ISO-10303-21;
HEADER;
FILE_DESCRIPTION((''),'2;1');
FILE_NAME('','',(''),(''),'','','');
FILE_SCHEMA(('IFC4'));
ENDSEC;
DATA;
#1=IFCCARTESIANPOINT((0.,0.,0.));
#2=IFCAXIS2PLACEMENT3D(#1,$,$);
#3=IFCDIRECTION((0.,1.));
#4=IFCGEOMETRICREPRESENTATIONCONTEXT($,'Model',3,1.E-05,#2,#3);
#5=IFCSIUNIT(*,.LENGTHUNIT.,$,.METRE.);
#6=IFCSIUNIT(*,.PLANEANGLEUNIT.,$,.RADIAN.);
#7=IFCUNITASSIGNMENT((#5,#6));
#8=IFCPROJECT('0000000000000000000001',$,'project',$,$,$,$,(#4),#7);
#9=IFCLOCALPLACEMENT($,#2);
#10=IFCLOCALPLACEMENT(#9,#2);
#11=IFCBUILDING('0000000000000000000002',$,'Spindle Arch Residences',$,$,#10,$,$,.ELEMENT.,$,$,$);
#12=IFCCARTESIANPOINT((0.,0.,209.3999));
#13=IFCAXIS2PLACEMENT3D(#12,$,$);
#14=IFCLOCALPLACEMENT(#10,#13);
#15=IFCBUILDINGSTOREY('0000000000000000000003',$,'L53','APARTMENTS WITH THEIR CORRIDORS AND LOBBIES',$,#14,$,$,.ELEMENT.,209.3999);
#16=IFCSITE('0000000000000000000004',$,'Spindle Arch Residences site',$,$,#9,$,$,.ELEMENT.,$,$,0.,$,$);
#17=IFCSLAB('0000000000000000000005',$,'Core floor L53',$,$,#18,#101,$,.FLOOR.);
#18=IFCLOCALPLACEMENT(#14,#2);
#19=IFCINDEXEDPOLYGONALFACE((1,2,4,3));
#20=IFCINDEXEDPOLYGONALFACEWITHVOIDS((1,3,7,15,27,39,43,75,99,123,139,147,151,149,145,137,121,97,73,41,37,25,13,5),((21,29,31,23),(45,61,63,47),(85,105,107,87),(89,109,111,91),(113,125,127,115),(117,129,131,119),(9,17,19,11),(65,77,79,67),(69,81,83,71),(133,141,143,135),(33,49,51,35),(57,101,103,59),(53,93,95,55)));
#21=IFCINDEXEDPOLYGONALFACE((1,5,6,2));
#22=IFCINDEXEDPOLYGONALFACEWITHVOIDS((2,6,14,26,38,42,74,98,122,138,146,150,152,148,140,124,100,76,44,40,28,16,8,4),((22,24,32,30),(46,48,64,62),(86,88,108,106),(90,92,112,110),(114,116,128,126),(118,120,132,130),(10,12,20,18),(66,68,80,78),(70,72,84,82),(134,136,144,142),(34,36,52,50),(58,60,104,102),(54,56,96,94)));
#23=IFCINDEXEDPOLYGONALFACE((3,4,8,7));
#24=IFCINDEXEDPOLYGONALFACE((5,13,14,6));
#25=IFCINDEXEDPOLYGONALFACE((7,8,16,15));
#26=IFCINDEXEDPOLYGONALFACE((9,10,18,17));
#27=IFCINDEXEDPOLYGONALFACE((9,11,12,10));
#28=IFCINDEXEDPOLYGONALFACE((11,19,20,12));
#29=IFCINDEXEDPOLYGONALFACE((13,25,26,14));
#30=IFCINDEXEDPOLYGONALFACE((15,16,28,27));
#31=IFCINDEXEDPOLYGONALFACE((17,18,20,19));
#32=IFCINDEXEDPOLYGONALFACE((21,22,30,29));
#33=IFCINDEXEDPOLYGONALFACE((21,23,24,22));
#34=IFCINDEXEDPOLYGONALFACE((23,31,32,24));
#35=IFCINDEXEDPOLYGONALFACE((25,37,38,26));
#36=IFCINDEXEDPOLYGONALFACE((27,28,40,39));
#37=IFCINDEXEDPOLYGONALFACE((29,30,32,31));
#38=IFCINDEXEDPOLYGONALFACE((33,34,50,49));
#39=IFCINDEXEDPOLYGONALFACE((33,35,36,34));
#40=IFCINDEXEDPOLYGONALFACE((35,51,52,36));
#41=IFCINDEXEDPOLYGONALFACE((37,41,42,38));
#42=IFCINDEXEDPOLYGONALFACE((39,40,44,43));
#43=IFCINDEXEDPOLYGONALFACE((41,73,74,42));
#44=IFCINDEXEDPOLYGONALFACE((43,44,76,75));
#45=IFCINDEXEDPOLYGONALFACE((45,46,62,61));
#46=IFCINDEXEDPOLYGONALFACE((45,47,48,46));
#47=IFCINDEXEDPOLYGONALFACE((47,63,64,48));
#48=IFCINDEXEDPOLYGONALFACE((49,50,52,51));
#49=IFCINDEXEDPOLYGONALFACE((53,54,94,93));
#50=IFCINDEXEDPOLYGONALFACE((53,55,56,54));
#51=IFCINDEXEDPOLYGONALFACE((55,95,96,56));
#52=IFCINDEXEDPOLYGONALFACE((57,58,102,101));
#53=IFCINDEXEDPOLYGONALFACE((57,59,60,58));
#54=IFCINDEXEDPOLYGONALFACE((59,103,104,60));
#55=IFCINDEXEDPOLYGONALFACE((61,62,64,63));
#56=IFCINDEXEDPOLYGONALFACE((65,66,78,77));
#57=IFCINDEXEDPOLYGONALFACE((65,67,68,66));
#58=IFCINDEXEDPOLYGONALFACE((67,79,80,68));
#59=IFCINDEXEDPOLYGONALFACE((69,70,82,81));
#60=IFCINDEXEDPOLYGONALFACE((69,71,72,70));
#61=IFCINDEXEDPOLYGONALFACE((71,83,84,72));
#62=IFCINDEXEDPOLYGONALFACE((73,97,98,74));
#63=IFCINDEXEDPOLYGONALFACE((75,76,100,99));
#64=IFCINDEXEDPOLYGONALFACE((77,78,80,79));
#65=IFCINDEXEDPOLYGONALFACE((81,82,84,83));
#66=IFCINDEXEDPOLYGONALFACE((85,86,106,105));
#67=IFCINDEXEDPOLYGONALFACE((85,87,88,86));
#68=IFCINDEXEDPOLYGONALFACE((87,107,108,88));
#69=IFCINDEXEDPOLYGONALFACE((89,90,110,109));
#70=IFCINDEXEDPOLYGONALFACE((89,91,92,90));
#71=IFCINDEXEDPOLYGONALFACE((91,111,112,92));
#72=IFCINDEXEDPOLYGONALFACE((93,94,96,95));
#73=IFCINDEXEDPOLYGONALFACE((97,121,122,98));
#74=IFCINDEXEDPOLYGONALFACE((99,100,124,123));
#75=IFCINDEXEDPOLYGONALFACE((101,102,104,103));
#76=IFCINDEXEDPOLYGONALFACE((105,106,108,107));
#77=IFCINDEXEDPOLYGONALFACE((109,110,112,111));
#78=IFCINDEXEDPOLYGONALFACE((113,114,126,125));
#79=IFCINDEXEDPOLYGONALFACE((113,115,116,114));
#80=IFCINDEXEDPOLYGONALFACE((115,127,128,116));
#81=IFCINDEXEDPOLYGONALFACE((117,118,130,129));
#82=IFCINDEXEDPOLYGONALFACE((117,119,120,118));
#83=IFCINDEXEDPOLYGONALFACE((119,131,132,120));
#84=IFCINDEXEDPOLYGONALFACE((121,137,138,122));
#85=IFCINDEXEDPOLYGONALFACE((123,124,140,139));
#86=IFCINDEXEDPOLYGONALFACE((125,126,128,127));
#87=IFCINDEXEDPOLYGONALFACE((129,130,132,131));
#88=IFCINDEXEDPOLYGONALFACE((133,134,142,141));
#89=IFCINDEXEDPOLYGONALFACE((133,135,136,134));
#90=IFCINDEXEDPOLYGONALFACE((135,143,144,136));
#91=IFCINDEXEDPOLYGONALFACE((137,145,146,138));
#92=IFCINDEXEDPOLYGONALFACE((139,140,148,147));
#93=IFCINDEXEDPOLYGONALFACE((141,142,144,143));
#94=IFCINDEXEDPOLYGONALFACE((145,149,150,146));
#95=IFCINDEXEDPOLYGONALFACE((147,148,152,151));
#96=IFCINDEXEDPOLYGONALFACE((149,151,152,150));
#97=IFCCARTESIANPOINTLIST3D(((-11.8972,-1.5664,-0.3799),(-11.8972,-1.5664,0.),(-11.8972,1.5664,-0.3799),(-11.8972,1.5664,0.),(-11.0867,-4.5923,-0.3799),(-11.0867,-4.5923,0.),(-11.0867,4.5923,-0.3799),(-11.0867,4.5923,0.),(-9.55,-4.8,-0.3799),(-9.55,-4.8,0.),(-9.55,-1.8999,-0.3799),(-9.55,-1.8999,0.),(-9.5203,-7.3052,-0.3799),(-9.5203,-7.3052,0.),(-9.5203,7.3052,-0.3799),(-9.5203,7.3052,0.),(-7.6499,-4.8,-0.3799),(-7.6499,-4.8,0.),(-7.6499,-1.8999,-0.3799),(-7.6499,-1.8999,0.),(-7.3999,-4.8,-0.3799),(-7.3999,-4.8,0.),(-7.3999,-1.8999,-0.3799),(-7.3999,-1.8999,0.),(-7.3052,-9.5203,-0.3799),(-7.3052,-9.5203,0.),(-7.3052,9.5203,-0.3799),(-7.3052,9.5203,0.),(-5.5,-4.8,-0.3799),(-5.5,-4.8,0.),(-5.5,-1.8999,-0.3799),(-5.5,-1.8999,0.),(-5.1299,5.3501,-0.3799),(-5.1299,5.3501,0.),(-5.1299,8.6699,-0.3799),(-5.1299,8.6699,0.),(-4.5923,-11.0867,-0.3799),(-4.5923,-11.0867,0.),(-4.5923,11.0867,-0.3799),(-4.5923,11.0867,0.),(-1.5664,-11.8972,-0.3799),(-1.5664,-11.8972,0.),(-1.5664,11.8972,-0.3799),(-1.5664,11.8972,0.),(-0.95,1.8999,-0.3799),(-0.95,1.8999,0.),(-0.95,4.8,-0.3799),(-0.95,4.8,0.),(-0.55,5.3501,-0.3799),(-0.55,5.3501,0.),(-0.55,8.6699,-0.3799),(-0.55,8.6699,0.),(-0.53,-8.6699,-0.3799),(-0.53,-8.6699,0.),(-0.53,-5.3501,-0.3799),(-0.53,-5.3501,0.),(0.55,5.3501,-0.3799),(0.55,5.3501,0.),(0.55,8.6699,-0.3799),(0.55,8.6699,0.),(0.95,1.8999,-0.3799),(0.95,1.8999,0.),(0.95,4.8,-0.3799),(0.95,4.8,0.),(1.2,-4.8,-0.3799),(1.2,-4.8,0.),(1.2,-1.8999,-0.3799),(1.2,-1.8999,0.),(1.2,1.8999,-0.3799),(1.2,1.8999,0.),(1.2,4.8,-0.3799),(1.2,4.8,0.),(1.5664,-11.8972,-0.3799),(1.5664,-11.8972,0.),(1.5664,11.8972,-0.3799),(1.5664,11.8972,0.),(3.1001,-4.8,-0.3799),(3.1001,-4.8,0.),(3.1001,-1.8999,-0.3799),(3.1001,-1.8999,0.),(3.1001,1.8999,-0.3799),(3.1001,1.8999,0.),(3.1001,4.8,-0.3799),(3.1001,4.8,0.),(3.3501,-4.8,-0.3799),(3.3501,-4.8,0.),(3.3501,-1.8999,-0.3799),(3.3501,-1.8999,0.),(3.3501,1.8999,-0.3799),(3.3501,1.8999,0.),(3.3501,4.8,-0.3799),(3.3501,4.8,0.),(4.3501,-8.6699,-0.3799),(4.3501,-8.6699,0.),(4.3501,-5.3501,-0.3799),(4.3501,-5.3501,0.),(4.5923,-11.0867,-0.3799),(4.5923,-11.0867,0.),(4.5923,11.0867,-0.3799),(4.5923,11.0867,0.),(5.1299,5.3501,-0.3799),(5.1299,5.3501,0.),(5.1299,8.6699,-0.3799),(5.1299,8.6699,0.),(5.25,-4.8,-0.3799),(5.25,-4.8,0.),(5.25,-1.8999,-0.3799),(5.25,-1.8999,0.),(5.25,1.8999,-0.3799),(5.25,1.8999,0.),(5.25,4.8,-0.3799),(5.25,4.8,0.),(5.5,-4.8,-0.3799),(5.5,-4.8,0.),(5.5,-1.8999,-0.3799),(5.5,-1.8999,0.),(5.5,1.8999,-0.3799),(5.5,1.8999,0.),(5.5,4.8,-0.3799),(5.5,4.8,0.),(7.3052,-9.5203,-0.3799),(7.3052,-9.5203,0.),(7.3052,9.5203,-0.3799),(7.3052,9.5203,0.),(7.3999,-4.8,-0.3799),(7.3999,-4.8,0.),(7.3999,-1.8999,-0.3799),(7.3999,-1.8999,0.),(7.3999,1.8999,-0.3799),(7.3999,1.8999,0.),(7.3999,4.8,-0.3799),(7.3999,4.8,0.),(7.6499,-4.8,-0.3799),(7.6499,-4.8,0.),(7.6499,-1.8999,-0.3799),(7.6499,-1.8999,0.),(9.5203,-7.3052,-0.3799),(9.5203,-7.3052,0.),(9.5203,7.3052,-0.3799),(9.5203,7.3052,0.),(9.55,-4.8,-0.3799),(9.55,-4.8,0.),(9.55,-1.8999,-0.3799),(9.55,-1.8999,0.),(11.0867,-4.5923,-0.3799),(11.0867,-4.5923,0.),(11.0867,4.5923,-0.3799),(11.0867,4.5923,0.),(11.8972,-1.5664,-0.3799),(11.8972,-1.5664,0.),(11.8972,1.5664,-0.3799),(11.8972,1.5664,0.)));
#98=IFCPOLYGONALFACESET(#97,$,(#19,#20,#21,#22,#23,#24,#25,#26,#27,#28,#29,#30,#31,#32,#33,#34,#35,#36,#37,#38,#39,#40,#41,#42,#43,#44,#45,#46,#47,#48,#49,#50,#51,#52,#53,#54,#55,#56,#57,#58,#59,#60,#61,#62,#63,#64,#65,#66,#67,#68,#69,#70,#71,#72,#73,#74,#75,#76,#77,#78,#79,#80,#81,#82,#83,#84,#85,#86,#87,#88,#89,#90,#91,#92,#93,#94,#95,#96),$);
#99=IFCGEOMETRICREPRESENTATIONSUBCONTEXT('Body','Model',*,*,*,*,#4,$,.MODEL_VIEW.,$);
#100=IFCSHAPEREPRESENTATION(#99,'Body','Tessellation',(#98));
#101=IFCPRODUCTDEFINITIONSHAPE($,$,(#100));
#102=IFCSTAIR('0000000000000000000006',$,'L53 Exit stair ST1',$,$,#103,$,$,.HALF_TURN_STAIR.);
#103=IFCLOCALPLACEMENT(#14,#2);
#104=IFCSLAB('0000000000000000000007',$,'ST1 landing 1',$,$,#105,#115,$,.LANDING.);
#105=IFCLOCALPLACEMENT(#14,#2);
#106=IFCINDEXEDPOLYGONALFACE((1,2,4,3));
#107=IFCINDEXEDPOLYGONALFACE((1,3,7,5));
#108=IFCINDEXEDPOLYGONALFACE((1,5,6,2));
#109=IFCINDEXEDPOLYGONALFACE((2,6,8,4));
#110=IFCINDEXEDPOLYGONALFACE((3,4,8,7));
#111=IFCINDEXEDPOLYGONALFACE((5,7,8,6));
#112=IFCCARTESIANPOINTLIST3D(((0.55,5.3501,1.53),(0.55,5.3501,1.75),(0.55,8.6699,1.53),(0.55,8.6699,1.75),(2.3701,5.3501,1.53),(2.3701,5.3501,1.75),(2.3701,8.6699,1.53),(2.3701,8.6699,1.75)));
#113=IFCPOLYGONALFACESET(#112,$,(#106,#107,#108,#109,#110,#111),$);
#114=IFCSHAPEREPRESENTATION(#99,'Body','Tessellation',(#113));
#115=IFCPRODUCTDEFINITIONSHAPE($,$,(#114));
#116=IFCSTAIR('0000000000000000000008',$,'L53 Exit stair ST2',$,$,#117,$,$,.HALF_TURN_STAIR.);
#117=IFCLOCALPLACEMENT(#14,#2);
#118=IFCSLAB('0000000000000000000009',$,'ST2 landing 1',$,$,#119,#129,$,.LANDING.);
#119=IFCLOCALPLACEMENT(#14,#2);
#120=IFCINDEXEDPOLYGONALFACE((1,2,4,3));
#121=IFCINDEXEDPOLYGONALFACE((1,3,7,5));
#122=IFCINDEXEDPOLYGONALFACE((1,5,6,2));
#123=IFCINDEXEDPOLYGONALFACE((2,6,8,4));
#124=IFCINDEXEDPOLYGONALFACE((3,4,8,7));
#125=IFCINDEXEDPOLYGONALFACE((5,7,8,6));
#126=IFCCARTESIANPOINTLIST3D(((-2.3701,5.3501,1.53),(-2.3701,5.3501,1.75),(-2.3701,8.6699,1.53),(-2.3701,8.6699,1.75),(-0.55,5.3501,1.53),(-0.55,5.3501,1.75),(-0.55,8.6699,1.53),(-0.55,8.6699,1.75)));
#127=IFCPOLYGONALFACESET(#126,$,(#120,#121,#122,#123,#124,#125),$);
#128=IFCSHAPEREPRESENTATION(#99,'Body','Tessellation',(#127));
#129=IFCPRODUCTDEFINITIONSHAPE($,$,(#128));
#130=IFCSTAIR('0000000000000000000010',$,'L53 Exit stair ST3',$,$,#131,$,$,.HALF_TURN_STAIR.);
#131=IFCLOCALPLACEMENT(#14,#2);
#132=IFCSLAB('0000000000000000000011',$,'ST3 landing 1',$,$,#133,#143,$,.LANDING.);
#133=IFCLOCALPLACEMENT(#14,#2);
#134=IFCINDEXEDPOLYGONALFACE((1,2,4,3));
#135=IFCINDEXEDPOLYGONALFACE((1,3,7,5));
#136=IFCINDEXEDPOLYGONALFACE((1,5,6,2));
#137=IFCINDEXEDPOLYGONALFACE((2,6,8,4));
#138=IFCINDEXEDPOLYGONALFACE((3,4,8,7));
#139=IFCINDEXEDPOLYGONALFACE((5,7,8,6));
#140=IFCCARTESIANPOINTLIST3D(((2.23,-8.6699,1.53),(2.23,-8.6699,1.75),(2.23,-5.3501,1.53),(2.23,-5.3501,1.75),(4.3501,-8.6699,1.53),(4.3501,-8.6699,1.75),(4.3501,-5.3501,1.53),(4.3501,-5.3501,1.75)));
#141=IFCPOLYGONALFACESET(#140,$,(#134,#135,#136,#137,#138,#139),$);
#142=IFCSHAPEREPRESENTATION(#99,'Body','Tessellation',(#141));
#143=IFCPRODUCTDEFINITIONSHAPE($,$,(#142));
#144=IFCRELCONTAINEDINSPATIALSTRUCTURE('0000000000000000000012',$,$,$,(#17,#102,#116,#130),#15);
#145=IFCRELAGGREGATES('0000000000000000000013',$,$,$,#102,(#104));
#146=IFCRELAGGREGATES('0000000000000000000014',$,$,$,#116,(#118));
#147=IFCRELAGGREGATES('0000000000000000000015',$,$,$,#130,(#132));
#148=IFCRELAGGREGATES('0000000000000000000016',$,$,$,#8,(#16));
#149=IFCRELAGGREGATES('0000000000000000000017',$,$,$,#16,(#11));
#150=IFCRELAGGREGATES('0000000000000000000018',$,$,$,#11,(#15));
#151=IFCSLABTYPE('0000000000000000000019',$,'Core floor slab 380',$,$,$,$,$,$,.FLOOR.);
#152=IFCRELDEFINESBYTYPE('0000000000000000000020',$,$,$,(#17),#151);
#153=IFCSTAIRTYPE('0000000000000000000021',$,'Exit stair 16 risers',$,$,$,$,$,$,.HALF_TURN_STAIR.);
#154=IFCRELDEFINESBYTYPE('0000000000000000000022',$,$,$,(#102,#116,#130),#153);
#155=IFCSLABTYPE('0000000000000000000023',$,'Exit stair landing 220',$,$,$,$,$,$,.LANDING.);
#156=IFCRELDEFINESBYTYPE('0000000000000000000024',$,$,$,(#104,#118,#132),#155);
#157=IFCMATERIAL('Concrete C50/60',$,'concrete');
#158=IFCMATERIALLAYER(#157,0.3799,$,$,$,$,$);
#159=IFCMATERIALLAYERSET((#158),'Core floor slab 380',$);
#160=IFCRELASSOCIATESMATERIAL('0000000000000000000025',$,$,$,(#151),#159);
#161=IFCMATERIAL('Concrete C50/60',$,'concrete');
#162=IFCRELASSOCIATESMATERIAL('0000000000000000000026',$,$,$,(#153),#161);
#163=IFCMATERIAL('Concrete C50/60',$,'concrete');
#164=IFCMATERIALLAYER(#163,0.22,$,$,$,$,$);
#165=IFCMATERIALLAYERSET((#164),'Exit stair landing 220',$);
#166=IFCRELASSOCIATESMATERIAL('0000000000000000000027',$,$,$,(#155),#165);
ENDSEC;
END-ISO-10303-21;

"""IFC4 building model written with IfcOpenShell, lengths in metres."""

from ifc_helpers import new_model, si_unit, direction, frame, origin, place, context, subcontext, project, spatial, polyline, outline, extrude, material, layer, layer_set, type_object, element, aggregate, save


model = new_model("IFC4")

# Units and contexts
model_context = context("Model", 3, precision=1e-05, world=origin(), true_north=direction((0.0, 1.0)))
body_context = subcontext(model_context, "Body", "Model", "MODEL_VIEW")
ifc_project = project(units=[si_unit("LENGTHUNIT", "METRE"), si_unit("PLANEANGLEUNIT", "RADIAN")], contexts=[model_context])

# Site, building, storey
site_placement = place(None, origin())
site = spatial("IfcSite", under=ifc_project, at=site_placement, Name="Spindle Arch Residences site", CompositionType="ELEMENT", RefElevation=0.0)
building_placement = place(site_placement, origin())
building = spatial("IfcBuilding", under=site, at=building_placement, Name="Spindle Arch Residences", CompositionType="ELEMENT")
storey_placement = place(building_placement, frame((0.0, 0.0, 209.3999)))
storey = spatial("IfcBuildingStorey", under=building, at=storey_placement, Name="L53", Description="APARTMENTS WITH THEIR CORRIDORS AND LOBBIES", CompositionType="ELEMENT", Elevation=209.3999)

# Slab
ifc_material_1 = material(Name="Concrete C50/60", Category="concrete")
ifc_layer_1 = layer(ifc_material_1, 0.3799)
ifc_layer_set_1 = layer_set([ifc_layer_1], Name="Core floor slab 380")
slab_type_1 = type_object("IfcSlabType", Name="Core floor slab 380", PredefinedType="FLOOR", material=ifc_layer_set_1)
slab_1_placement = place(storey_placement, frame((0.0, 0.0, -0.3799)))
element("IfcSlab", 1, at=slab_1_placement, inside=storey, type_object=slab_type_1, Name="Core floor L53", PredefinedType="FLOOR", context=body_context, shape_type="SweptSolid", body=[
    extrude(outline(polyline([(1.5664, -11.8972), (4.5923, -11.0867), (7.3052, -9.5203), (9.5203, -7.3052), (11.0867, -4.5923), (11.8972, -1.5664), (11.8972, 1.5664), (11.0867, 4.5923), (9.5203, 7.3052), (7.3052, 9.5203), (4.5923, 11.0867), (1.5664, 11.8972), (-1.5664, 11.8972), (-4.5923, 11.0867), (-7.3052, 9.5203), (-9.5203, 7.3052), (-11.0867, 4.5923), (-11.8972, 1.5664), (-11.8972, -1.5664), (-11.0867, -4.5923), (-9.5203, -7.3052), (-7.3052, -9.5203), (-4.5923, -11.0867), (-1.5664, -11.8972), (1.5664, -11.8972)]), holes=[polyline([(-0.95, 1.8999), (0.95, 1.8999), (0.95, 4.8), (-0.95, 4.8), (-0.95, 1.8999)]), polyline([(1.2, 1.8999), (3.1001, 1.8999), (3.1001, 4.8), (1.2, 4.8), (1.2, 1.8999)]), polyline([(3.3501, 1.8999), (5.25, 1.8999), (5.25, 4.8), (3.3501, 4.8), (3.3501, 1.8999)]), polyline([(5.5, 1.8999), (7.3999, 1.8999), (7.3999, 4.8), (5.5, 4.8), (5.5, 1.8999)]), polyline([(-9.55, -4.8), (-7.6499, -4.8), (-7.6499, -1.8999), (-9.55, -1.8999), (-9.55, -4.8)]), polyline([(-7.3999, -4.8), (-5.5, -4.8), (-5.5, -1.8999), (-7.3999, -1.8999), (-7.3999, -4.8)]), polyline([(1.2, -4.8), (3.1001, -4.8), (3.1001, -1.8999), (1.2, -1.8999), (1.2, -4.8)]), polyline([(3.3501, -4.8), (5.25, -4.8), (5.25, -1.8999), (3.3501, -1.8999), (3.3501, -4.8)]), polyline([(5.5, -4.8), (7.3999, -4.8), (7.3999, -1.8999), (5.5, -1.8999), (5.5, -4.8)]), polyline([(7.6499, -4.8), (9.55, -4.8), (9.55, -1.8999), (7.6499, -1.8999), (7.6499, -4.8)]), polyline([(5.1299, 8.6699), (0.55, 8.6699), (0.55, 5.3501), (5.1299, 5.3501), (5.1299, 8.6699)]), polyline([(-5.1299, 5.3501), (-0.55, 5.3501), (-0.55, 8.6699), (-5.1299, 8.6699), (-5.1299, 5.3501)]), polyline([(-0.53, -8.6699), (4.3501, -8.6699), (4.3501, -5.3501), (-0.53, -5.3501), (-0.53, -8.6699)])]), origin(), (0.0, 0.0, 1.0), 0.3799),
])

# Stairs, slabs
ifc_material_2 = material(Name="Concrete C50/60", Category="concrete")
stair_type = type_object("IfcStairType", Name="Exit stair 16 risers", PredefinedType="HALF_TURN_STAIR", material=ifc_material_2)
stair_1_placement = place(storey_placement, origin())
stair_1 = element("IfcStair", 2, at=stair_1_placement, inside=storey, type_object=stair_type, Name="L53 Exit stair ST1", PredefinedType="HALF_TURN_STAIR")
ifc_material_3 = material(Name="Concrete C50/60", Category="concrete")
ifc_layer_2 = layer(ifc_material_3, 0.22)
ifc_layer_set_2 = layer_set([ifc_layer_2], Name="Exit stair landing 220")
slab_type_2 = type_object("IfcSlabType", Name="Exit stair landing 220", PredefinedType="LANDING", material=ifc_layer_set_2)
slab_2_placement = place(storey_placement, frame((0.0, 0.0, 1.53)))
slab_2 = element("IfcSlab", 3, at=slab_2_placement, type_object=slab_type_2, Name="ST1 landing 1", PredefinedType="LANDING", context=body_context, shape_type="SweptSolid", body=[
    extrude(outline(polyline([(2.3701, 8.6699), (0.55, 8.6699), (0.55, 5.3501), (2.3701, 5.3501), (2.3701, 8.6699)])), origin(), (0.0, 0.0, 1.0), 0.22),
])
aggregate(stair_1, [slab_2])
stair_2_placement = place(storey_placement, origin())
stair_2 = element("IfcStair", 4, at=stair_2_placement, inside=storey, type_object=stair_type, Name="L53 Exit stair ST2", PredefinedType="HALF_TURN_STAIR")
slab_3_placement = place(storey_placement, frame((0.0, 0.0, 1.53)))
slab_3 = element("IfcSlab", 5, at=slab_3_placement, type_object=slab_type_2, Name="ST2 landing 1", PredefinedType="LANDING", context=body_context, shape_type="SweptSolid", body=[
    extrude(outline(polyline([(-2.3701, 5.3501), (-0.55, 5.3501), (-0.55, 8.6699), (-2.3701, 8.6699), (-2.3701, 5.3501)])), origin(), (0.0, 0.0, 1.0), 0.22),
])
aggregate(stair_2, [slab_3])
stair_3_placement = place(storey_placement, origin())
stair_3 = element("IfcStair", 6, at=stair_3_placement, inside=storey, type_object=stair_type, Name="L53 Exit stair ST3", PredefinedType="HALF_TURN_STAIR")
slab_4_placement = place(storey_placement, frame((0.0, 0.0, 1.53)))
slab_4 = element("IfcSlab", 7, at=slab_4_placement, type_object=slab_type_2, Name="ST3 landing 1", PredefinedType="LANDING", context=body_context, shape_type="SweptSolid", body=[
    extrude(outline(polyline([(2.23, -8.6699), (4.3501, -8.6699), (4.3501, -5.3501), (2.23, -5.3501), (2.23, -8.6699)])), origin(), (0.0, 0.0, 1.0), 0.22),
])

aggregate(stair_3, [slab_4])

save(model, "model.ifc")
